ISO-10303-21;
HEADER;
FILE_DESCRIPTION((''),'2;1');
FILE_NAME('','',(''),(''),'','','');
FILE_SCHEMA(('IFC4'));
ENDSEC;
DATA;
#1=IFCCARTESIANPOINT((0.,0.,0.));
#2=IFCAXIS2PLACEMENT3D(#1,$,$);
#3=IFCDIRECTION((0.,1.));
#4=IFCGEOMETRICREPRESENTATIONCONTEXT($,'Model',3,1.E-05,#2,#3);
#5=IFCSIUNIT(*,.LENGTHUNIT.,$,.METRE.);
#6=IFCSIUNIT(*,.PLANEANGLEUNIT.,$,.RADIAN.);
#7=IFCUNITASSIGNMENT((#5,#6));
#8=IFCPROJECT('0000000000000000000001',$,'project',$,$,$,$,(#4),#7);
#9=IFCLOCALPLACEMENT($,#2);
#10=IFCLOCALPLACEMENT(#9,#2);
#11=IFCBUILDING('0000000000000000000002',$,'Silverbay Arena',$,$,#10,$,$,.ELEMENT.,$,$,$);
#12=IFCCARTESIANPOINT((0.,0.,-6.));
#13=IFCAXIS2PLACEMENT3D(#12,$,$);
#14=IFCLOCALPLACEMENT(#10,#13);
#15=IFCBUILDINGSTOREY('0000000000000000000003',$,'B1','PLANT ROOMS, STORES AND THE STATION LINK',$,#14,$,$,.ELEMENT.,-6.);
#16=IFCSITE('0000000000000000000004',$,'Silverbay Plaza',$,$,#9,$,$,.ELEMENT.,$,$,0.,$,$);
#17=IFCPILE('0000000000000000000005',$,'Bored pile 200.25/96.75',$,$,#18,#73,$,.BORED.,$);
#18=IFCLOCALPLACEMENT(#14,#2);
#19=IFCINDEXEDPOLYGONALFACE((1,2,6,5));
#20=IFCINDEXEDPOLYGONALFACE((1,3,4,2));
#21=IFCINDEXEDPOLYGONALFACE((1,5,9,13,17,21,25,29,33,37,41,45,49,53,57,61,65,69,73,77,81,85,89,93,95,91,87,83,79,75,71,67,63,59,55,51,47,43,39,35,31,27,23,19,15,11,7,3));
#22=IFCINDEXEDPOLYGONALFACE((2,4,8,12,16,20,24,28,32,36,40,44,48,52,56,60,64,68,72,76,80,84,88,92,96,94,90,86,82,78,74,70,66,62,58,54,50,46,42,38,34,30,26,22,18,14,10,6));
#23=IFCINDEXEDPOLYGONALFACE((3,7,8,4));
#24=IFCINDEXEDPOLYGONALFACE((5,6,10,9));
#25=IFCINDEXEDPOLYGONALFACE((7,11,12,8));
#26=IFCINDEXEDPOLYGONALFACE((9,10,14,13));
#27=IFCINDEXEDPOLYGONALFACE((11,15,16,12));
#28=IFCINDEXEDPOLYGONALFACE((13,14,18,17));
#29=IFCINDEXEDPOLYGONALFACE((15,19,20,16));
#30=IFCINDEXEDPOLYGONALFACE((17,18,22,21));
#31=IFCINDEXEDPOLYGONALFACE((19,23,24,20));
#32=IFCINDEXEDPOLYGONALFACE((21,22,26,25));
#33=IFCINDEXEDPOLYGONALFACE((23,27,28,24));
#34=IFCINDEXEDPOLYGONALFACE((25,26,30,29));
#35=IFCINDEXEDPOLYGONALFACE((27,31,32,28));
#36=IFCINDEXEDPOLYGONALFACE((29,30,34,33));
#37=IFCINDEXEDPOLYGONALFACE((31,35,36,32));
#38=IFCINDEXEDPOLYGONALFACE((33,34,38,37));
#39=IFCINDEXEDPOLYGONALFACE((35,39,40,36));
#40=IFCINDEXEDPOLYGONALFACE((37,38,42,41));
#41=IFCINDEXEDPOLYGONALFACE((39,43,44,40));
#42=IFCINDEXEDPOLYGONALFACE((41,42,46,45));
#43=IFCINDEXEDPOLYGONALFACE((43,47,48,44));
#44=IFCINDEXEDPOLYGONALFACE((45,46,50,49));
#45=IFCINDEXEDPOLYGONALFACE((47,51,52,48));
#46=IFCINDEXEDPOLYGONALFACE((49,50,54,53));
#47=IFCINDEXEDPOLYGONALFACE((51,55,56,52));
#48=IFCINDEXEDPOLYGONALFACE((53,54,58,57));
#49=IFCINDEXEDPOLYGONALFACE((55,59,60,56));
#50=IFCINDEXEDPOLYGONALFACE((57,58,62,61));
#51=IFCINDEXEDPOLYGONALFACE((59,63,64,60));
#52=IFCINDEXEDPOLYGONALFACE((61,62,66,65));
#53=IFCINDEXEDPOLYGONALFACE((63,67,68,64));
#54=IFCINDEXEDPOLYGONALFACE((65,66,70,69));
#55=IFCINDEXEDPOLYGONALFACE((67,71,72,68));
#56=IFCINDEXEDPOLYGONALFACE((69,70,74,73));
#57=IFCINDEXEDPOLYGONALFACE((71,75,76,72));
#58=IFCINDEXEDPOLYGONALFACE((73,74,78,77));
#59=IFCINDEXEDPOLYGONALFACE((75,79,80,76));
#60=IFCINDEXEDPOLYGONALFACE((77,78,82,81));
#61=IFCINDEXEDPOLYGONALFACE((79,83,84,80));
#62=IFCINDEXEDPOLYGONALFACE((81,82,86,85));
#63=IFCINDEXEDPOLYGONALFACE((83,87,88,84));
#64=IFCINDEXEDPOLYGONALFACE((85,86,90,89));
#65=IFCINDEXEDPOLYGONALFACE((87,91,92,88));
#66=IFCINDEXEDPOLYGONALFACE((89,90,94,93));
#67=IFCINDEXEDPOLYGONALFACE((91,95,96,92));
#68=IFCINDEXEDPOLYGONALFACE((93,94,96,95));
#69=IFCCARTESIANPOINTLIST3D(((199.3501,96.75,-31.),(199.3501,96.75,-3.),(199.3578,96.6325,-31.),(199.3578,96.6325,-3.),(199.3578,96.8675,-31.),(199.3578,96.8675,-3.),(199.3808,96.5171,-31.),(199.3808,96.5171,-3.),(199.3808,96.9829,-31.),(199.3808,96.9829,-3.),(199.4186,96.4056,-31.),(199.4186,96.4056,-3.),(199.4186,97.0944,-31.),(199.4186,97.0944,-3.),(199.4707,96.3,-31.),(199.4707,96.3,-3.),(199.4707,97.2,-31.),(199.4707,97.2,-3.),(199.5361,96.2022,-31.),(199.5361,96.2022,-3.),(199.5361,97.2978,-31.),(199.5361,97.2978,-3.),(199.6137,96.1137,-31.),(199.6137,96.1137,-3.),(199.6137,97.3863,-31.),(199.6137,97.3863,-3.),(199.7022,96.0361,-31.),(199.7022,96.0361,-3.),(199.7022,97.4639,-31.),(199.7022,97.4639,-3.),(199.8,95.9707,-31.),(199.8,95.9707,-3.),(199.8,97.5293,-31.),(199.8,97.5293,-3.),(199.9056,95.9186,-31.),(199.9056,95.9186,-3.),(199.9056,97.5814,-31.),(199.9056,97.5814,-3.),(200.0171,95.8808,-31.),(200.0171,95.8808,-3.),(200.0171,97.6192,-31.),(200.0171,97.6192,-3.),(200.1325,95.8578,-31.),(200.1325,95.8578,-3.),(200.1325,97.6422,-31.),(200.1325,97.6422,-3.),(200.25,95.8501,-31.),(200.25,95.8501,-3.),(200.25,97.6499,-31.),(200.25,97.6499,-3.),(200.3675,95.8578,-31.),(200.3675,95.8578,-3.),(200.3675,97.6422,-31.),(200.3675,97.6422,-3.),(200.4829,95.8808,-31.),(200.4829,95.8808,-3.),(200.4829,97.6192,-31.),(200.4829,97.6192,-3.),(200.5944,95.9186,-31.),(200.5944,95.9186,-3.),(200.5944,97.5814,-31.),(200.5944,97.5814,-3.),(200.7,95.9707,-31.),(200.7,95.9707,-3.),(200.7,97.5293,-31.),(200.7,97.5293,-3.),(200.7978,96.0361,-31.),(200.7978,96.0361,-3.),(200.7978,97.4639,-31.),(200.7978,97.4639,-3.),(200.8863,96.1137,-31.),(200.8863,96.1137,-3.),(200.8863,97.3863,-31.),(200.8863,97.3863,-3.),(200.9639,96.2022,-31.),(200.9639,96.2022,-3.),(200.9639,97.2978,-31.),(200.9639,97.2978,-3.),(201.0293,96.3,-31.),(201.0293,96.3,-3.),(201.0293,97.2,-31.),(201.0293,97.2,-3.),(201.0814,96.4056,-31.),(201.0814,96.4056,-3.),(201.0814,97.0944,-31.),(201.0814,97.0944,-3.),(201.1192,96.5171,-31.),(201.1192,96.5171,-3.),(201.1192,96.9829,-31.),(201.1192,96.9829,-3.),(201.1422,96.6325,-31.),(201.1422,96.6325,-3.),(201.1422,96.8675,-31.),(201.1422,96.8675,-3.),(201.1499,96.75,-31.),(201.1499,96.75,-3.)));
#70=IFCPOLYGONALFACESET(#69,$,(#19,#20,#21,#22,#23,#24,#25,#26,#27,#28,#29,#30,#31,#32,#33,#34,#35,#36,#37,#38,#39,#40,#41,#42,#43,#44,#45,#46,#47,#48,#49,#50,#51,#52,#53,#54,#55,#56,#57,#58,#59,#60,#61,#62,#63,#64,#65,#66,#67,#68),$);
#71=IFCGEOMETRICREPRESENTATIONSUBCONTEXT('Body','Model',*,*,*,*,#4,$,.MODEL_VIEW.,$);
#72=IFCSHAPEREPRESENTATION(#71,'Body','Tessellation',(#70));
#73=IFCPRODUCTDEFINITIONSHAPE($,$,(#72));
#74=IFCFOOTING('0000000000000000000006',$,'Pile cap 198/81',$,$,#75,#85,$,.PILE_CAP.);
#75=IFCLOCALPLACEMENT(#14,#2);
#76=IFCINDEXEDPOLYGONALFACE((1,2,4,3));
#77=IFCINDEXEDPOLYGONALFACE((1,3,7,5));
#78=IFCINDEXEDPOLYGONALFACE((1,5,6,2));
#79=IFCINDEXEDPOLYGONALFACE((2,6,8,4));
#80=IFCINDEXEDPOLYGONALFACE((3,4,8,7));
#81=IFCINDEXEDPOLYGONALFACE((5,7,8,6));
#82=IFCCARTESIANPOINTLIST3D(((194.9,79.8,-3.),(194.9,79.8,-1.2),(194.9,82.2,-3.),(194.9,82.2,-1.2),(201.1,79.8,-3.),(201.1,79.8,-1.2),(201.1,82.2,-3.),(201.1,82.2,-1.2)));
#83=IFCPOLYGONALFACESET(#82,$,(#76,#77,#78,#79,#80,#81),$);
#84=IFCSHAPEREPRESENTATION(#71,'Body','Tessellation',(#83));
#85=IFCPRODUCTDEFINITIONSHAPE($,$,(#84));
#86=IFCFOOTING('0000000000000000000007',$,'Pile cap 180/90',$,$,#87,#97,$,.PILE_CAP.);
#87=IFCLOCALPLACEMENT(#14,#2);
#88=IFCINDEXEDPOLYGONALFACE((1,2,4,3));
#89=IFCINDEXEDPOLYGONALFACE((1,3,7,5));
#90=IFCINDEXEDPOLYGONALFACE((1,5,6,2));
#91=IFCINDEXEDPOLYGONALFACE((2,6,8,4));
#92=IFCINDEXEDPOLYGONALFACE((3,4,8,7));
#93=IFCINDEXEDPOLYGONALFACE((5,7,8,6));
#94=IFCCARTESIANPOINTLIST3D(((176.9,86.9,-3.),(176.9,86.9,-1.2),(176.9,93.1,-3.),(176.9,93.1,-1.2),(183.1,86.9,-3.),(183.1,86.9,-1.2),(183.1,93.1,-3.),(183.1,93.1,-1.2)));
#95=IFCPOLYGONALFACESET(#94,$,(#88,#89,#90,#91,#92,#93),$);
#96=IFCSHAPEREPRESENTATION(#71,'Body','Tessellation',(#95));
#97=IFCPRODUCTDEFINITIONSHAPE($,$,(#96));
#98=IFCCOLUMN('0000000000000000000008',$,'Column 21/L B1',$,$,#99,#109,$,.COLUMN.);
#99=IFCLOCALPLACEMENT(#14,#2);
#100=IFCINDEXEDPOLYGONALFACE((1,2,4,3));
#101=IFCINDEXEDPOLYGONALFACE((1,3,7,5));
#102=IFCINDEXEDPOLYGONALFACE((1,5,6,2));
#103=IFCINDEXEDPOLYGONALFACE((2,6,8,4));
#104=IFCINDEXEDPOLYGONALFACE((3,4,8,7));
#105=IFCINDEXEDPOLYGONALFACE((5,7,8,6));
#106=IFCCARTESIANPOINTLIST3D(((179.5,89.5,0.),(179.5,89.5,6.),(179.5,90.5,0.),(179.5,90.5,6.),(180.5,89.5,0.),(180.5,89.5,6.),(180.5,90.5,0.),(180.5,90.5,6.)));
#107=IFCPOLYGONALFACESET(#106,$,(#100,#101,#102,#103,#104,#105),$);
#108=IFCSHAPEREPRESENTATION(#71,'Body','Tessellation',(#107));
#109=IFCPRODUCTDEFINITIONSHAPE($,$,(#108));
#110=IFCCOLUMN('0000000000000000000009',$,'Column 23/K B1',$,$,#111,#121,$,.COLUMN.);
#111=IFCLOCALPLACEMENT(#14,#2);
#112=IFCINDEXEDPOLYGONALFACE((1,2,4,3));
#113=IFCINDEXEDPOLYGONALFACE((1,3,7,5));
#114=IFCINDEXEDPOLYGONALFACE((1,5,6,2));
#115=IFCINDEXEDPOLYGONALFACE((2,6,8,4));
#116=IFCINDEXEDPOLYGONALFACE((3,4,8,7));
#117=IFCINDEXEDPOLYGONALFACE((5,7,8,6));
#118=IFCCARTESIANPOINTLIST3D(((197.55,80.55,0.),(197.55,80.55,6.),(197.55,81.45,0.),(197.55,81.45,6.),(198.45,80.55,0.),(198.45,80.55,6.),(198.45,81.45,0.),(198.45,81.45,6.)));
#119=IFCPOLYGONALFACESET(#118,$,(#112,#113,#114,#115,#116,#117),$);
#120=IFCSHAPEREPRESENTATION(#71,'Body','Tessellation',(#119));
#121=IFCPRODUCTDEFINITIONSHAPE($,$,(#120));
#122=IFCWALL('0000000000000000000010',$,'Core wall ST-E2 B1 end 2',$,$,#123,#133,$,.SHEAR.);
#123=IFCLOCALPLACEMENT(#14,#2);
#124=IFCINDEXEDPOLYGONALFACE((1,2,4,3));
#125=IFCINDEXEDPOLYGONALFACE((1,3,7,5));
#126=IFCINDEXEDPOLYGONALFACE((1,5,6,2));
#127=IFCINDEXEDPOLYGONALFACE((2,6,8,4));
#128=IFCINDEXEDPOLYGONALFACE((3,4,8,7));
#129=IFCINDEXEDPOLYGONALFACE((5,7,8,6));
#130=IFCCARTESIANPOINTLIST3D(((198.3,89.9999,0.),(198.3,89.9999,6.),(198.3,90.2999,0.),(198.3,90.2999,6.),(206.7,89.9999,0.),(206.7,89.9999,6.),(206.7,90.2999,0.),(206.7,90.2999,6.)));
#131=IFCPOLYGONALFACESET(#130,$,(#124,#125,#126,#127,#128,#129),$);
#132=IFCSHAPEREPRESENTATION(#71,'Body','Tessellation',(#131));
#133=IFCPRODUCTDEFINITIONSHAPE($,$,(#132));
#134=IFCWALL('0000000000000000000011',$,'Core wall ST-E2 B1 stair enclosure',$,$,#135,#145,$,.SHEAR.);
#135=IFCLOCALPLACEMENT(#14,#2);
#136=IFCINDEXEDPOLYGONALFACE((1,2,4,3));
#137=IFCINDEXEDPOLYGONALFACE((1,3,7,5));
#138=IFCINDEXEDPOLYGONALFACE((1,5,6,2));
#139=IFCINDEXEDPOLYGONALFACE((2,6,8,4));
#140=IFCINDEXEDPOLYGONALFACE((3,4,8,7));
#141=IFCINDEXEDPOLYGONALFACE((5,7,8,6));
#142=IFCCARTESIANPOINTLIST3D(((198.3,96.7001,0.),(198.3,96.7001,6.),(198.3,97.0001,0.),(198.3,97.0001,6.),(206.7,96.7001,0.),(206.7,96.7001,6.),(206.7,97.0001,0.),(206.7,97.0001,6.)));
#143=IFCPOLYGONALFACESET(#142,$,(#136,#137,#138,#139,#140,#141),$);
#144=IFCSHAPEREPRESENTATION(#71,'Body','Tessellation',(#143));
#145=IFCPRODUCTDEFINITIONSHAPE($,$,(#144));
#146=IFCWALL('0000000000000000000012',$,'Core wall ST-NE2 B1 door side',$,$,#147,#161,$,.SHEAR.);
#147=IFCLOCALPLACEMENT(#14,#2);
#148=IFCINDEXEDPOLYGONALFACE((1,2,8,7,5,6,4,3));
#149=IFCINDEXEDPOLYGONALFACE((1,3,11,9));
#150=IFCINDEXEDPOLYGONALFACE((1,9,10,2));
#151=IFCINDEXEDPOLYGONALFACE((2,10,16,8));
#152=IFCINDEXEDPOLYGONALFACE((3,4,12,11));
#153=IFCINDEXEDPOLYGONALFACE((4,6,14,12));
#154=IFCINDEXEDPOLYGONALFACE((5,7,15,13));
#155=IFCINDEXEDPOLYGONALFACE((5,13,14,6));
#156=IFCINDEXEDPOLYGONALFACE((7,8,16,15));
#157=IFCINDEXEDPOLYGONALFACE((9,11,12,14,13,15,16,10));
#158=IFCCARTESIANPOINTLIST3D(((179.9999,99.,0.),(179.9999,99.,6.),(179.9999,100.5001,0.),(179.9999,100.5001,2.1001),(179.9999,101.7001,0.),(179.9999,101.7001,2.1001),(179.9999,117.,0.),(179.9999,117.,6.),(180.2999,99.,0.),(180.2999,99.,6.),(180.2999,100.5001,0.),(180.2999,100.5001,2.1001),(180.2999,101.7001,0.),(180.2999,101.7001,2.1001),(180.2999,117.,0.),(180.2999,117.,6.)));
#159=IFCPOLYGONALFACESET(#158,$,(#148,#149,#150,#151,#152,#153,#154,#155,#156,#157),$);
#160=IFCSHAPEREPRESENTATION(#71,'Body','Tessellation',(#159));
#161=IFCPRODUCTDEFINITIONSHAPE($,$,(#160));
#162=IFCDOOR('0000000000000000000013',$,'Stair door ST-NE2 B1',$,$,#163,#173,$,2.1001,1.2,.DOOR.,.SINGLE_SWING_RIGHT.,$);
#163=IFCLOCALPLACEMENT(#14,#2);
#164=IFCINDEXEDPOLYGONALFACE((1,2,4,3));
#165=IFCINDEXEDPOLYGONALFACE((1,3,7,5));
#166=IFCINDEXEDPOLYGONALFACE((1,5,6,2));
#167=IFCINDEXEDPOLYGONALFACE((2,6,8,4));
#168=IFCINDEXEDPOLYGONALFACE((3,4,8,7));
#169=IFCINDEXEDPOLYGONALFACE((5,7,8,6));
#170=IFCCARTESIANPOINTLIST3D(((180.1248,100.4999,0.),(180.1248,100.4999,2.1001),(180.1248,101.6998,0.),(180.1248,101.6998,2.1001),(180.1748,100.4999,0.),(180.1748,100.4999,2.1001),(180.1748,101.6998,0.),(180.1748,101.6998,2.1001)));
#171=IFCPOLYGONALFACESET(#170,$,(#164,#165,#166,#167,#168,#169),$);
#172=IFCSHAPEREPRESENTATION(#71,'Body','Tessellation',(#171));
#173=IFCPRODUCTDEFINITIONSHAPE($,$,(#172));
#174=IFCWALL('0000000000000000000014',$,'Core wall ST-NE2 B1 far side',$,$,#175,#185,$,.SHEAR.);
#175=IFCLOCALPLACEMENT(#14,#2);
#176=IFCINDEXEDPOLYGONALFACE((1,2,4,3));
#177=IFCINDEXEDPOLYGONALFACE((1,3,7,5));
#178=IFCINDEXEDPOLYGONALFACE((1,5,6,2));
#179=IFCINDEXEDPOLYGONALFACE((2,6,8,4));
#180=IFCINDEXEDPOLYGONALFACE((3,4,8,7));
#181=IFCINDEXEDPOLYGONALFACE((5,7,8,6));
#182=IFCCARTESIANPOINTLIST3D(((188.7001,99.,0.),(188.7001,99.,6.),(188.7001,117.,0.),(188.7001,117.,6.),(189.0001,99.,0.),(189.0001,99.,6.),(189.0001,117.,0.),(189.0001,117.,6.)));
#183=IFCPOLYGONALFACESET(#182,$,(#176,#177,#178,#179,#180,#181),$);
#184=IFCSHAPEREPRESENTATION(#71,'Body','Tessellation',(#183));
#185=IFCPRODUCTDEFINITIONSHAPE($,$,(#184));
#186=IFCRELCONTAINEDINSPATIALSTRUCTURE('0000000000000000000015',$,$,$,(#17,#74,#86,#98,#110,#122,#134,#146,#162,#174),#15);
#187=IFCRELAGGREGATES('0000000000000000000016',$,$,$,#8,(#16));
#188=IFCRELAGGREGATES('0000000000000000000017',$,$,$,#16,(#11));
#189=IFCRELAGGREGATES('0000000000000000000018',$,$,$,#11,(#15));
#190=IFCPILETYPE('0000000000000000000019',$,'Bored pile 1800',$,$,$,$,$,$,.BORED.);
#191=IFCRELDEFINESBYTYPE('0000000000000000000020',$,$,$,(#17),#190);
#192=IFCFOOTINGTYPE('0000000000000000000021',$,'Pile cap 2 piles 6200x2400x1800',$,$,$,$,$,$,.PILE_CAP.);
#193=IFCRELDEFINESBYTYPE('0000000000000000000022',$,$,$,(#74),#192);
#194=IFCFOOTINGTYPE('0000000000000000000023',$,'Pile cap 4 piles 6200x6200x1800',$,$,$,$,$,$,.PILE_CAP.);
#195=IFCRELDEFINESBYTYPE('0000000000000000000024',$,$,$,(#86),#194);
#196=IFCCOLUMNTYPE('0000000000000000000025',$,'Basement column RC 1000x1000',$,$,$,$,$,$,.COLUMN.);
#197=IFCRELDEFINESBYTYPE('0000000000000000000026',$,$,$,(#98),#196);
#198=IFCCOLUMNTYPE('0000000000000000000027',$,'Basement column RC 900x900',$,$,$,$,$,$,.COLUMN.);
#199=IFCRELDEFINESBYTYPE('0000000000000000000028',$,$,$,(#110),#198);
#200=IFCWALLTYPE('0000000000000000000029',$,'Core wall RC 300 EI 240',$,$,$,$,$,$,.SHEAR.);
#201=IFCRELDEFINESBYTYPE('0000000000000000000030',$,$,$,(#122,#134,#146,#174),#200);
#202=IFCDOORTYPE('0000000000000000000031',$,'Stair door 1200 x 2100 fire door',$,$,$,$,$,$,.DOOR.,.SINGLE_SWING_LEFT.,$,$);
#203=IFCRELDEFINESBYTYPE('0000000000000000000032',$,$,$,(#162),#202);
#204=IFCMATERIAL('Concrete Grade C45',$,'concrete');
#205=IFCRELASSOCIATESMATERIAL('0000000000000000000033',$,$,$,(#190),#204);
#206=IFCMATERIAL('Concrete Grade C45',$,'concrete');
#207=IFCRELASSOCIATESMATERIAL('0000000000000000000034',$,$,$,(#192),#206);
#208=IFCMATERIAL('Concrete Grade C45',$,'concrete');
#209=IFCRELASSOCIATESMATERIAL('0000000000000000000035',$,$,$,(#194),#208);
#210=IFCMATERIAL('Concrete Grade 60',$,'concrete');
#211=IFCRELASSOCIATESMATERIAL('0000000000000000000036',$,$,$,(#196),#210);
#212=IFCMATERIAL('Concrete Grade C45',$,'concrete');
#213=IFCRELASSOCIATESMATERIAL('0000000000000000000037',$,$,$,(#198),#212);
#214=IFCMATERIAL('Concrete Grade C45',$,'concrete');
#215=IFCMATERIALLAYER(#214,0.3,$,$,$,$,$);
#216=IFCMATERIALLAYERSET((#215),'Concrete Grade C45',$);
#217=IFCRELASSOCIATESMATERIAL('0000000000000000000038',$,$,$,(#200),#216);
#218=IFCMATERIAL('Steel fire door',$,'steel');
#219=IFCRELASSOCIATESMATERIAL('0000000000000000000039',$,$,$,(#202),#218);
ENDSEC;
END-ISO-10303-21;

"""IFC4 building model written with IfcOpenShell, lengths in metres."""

from ifc_helpers import new_model, si_unit, direction, frame, frame_2d, origin, origin_2d, place, context, subcontext, project, spatial, rectangle, circle, extrude, material, layer, layer_set, material_profile, profile_set, type_object, element, fill, save


model = new_model("IFC4")

# Units and contexts
model_context = context("Model", 3, precision=1e-05, world=origin(), true_north=direction((0.0, 1.0)))
body_context = subcontext(model_context, "Body", "Model", "MODEL_VIEW")
ifc_project = project(units=[si_unit("LENGTHUNIT", "METRE"), si_unit("PLANEANGLEUNIT", "RADIAN")], contexts=[model_context])

# Site, building, storey
site_placement = place(None, origin())
site = spatial("IfcSite", under=ifc_project, at=site_placement, Name="Silverbay Plaza", CompositionType="ELEMENT", RefElevation=0.0)
building_placement = place(site_placement, origin())
building = spatial("IfcBuilding", under=site, at=building_placement, Name="Silverbay Arena", CompositionType="ELEMENT")
storey_placement = place(building_placement, frame((0.0, 0.0, -6.0)))
storey = spatial("IfcBuildingStorey", under=building, at=storey_placement, Name="B1", Description="PLANT ROOMS, STORES AND THE STATION LINK", CompositionType="ELEMENT", Elevation=-6.0)

# Pile
ifc_material_1 = material(Name="Concrete Grade C45", Category="concrete")
ifc_material_profile_1 = material_profile(ifc_material_1, circle(Radius=0.8999, at=origin_2d()), Name="Bored pile 1800")
ifc_profile_set_1 = profile_set([ifc_material_profile_1], Name="Concrete Grade C45")
pile_type_1 = type_object("IfcPileType", Name="Bored pile 1800", PredefinedType="BORED", material=ifc_profile_set_1)
for number, where, z_axis, x_axis, name in (
    (1, (200.25, 96.75, -3.0), (0.0, 0.0, -1.0), (1.0, 0.0, 0.0), "Bored pile 200.25/96.75"),
):
    element("IfcPile", number, at=place(storey_placement, frame(where, z_axis=z_axis, x_axis=x_axis)), inside=storey, type_object=pile_type_1, Name=name, PredefinedType="BORED", context=body_context, shape_type="SweptSolid", body=[
        extrude(circle(Radius=0.8999, at=origin_2d()), origin(), (0.0, 0.0, 1.0), 28.0),
    ])

# Footings
ifc_material_2 = material(Name="Concrete Grade C45", Category="concrete")
footing_type_1 = type_object("IfcFootingType", Name="Pile cap 2 piles 6200x2400x1800", PredefinedType="PILE_CAP", material=ifc_material_2)
footing_1_placement = place(storey_placement, frame((198.0, 81.0, -3.0), z_axis=(0.0, 0.0, 1.0), x_axis=(1.0, 0.0, 0.0)))
element("IfcFooting", 2, at=footing_1_placement, inside=storey, type_object=footing_type_1, Name="Pile cap 198/81", PredefinedType="PILE_CAP", context=body_context, shape_type="SweptSolid", body=[
    extrude(rectangle(XDim=6.2, YDim=2.3999, at=origin_2d()), origin(), (0.0, 0.0, 1.0), 1.8),
])
ifc_material_3 = material(Name="Concrete Grade C45", Category="concrete")
footing_type_2 = type_object("IfcFootingType", Name="Pile cap 4 piles 6200x6200x1800", PredefinedType="PILE_CAP", material=ifc_material_3)
footing_2_placement = place(storey_placement, frame((180.0, 90.0, -3.0), z_axis=(0.0, 0.0, 1.0), x_axis=(1.0, 0.0, 0.0)))
element("IfcFooting", 3, at=footing_2_placement, inside=storey, type_object=footing_type_2, Name="Pile cap 180/90", PredefinedType="PILE_CAP", context=body_context, shape_type="SweptSolid", body=[
    extrude(rectangle(XDim=6.2, YDim=6.2, at=origin_2d()), origin(), (0.0, 0.0, 1.0), 1.8),
])

# Columns
ifc_material_4 = material(Name="Concrete Grade 60", Category="concrete")
ifc_material_profile_2 = material_profile(ifc_material_4, rectangle(XDim=1.0, YDim=1.0, at=origin_2d()), Name="RC 1000x1000")
ifc_profile_set_2 = profile_set([ifc_material_profile_2], Name="Concrete Grade 60")
column_type_1 = type_object("IfcColumnType", Name="Basement column RC 1000x1000", PredefinedType="COLUMN", material=ifc_profile_set_2)
column_1_placement = place(storey_placement, frame((180.0, 90.0, 0.0), z_axis=(0.0, 0.0, 1.0), x_axis=(1.0, 0.0, 0.0)))
element("IfcColumn", 4, at=column_1_placement, inside=storey, type_object=column_type_1, Name="Column 21/L B1", PredefinedType="COLUMN", context=body_context, shape_type="SweptSolid", body=[
    extrude(rectangle(XDim=1.0, YDim=1.0, at=origin_2d()), origin(), (0.0, 0.0, 1.0), 6.0),
])
ifc_material_5 = material(Name="Concrete Grade C45", Category="concrete")
ifc_material_profile_3 = material_profile(ifc_material_5, rectangle(XDim=0.8999, YDim=0.8999, at=origin_2d()), Name="RC 900x900")
ifc_profile_set_3 = profile_set([ifc_material_profile_3], Name="Concrete Grade C45")
column_type_2 = type_object("IfcColumnType", Name="Basement column RC 900x900", PredefinedType="COLUMN", material=ifc_profile_set_3)
column_2_placement = place(storey_placement, frame((198.0, 81.0, 0.0), z_axis=(0.0, 0.0, 1.0), x_axis=(1.0, 0.0, 0.0)))
element("IfcColumn", 5, at=column_2_placement, inside=storey, type_object=column_type_2, Name="Column 23/K B1", PredefinedType="COLUMN", context=body_context, shape_type="SweptSolid", body=[
    extrude(rectangle(XDim=0.8999, YDim=0.8999, at=origin_2d()), origin(), (0.0, 0.0, 1.0), 6.0),
])

# Walls
ifc_material_6 = material(Name="Concrete Grade C45", Category="concrete")
ifc_layer_1 = layer(ifc_material_6, 0.3)
ifc_layer_set_1 = layer_set([ifc_layer_1], Name="Concrete Grade C45")
wall_type_1 = type_object("IfcWallType", Name="Core wall RC 300 EI 240", PredefinedType="SHEAR", material=ifc_layer_set_1)
for number, where, z_axis, x_axis, name in (
    (6, (198.3, 90.1499, 0.0), (0.0, 0.0, 1.0), (1.0, 0.0, 0.0), "Core wall ST-E2 B1 end 2"),
    (7, (198.3, 96.8501, 0.0), (0.0, 0.0, 1.0), (1.0, 0.0, 0.0), "Core wall ST-E2 B1 stair enclosure"),
):
    element("IfcWall", number, at=place(storey_placement, frame(where, z_axis=z_axis, x_axis=x_axis)), inside=storey, type_object=wall_type_1, Name=name, PredefinedType="SHEAR", context=body_context, shape_type="SweptSolid", body=[
        extrude(rectangle(XDim=8.3999, YDim=0.3, at=frame_2d((4.2, 0.0))), origin(), (0.0, 0.0, 1.0), 6.0),
    ])

# Wall, opening, door
wall_1_placement = place(storey_placement, frame((180.1499, 99.0, 0.0), z_axis=(0.0, 0.0, 1.0), x_axis=(0.0, 1.0, 0.0)))
wall_1 = element("IfcWall", 8, at=wall_1_placement, inside=storey, type_object=wall_type_1, Name="Core wall ST-NE2 B1 door side", PredefinedType="SHEAR", context=body_context, shape_type="SweptSolid", body=[
    extrude(rectangle(XDim=18.0, YDim=0.3, at=frame_2d((9.0, 0.0))), origin(), (0.0, 0.0, 1.0), 6.0),
])
opening_1_placement = place(wall_1_placement, frame((1.5, 0.0, 0.0)))
opening_1 = element("IfcOpeningElement", 9, at=opening_1_placement, cuts=wall_1, PredefinedType="OPENING", context=body_context, shape_type="SweptSolid", body=[
    extrude(rectangle(XDim=1.2, YDim=2.1001, at=frame_2d((0.6001, 1.05))), frame((0.0, 0.1602, 0.0), z_axis=(0.0, -1.0, 0.0), x_axis=(1.0, 0.0, 0.0)), (0.0, 0.0, 1.0), 0.3201),
])
ifc_material_7 = material(Name="Steel fire door", Category="steel")
door_type_1 = type_object("IfcDoorType", Name="Stair door 1200 x 2100 fire door", OperationType="SINGLE_SWING_LEFT", PredefinedType="DOOR", material=ifc_material_7)
door_1_placement = place(opening_1_placement, frame((1.2, 0.0, 0.0), z_axis=(0.0, 0.0, 1.0), x_axis=(-1.0, 0.0, 0.0)))
door_1 = element("IfcDoor", 10, at=door_1_placement, inside=storey, type_object=door_type_1, Name="Stair door ST-NE2 B1", OperationType="SINGLE_SWING_RIGHT", OverallHeight=2.1001, OverallWidth=1.2, PredefinedType="DOOR", context=body_context, shape_type="SweptSolid", body=[
    extrude(rectangle(XDim=1.2, YDim=2.1001, at=frame_2d((0.6001, 1.05))), frame((0.0, 0.0249, 0.0), z_axis=(0.0, -1.0, 0.0), x_axis=(1.0, 0.0, 0.0)), (0.0, 0.0, 1.0), 0.05),
])
fill(opening_1, door_1)

# Wall
wall_2_placement = place(storey_placement, frame((188.8501, 99.0, 0.0), z_axis=(0.0, 0.0, 1.0), x_axis=(0.0, 1.0, 0.0)))
element("IfcWall", 11, at=wall_2_placement, inside=storey, type_object=wall_type_1, Name="Core wall ST-NE2 B1 far side", PredefinedType="SHEAR", context=body_context, shape_type="SweptSolid", body=[
    extrude(rectangle(XDim=18.0, YDim=0.3, at=frame_2d((9.0, 0.0))), origin(), (0.0, 0.0, 1.0), 6.0),
])

save(model, "model.ifc")
